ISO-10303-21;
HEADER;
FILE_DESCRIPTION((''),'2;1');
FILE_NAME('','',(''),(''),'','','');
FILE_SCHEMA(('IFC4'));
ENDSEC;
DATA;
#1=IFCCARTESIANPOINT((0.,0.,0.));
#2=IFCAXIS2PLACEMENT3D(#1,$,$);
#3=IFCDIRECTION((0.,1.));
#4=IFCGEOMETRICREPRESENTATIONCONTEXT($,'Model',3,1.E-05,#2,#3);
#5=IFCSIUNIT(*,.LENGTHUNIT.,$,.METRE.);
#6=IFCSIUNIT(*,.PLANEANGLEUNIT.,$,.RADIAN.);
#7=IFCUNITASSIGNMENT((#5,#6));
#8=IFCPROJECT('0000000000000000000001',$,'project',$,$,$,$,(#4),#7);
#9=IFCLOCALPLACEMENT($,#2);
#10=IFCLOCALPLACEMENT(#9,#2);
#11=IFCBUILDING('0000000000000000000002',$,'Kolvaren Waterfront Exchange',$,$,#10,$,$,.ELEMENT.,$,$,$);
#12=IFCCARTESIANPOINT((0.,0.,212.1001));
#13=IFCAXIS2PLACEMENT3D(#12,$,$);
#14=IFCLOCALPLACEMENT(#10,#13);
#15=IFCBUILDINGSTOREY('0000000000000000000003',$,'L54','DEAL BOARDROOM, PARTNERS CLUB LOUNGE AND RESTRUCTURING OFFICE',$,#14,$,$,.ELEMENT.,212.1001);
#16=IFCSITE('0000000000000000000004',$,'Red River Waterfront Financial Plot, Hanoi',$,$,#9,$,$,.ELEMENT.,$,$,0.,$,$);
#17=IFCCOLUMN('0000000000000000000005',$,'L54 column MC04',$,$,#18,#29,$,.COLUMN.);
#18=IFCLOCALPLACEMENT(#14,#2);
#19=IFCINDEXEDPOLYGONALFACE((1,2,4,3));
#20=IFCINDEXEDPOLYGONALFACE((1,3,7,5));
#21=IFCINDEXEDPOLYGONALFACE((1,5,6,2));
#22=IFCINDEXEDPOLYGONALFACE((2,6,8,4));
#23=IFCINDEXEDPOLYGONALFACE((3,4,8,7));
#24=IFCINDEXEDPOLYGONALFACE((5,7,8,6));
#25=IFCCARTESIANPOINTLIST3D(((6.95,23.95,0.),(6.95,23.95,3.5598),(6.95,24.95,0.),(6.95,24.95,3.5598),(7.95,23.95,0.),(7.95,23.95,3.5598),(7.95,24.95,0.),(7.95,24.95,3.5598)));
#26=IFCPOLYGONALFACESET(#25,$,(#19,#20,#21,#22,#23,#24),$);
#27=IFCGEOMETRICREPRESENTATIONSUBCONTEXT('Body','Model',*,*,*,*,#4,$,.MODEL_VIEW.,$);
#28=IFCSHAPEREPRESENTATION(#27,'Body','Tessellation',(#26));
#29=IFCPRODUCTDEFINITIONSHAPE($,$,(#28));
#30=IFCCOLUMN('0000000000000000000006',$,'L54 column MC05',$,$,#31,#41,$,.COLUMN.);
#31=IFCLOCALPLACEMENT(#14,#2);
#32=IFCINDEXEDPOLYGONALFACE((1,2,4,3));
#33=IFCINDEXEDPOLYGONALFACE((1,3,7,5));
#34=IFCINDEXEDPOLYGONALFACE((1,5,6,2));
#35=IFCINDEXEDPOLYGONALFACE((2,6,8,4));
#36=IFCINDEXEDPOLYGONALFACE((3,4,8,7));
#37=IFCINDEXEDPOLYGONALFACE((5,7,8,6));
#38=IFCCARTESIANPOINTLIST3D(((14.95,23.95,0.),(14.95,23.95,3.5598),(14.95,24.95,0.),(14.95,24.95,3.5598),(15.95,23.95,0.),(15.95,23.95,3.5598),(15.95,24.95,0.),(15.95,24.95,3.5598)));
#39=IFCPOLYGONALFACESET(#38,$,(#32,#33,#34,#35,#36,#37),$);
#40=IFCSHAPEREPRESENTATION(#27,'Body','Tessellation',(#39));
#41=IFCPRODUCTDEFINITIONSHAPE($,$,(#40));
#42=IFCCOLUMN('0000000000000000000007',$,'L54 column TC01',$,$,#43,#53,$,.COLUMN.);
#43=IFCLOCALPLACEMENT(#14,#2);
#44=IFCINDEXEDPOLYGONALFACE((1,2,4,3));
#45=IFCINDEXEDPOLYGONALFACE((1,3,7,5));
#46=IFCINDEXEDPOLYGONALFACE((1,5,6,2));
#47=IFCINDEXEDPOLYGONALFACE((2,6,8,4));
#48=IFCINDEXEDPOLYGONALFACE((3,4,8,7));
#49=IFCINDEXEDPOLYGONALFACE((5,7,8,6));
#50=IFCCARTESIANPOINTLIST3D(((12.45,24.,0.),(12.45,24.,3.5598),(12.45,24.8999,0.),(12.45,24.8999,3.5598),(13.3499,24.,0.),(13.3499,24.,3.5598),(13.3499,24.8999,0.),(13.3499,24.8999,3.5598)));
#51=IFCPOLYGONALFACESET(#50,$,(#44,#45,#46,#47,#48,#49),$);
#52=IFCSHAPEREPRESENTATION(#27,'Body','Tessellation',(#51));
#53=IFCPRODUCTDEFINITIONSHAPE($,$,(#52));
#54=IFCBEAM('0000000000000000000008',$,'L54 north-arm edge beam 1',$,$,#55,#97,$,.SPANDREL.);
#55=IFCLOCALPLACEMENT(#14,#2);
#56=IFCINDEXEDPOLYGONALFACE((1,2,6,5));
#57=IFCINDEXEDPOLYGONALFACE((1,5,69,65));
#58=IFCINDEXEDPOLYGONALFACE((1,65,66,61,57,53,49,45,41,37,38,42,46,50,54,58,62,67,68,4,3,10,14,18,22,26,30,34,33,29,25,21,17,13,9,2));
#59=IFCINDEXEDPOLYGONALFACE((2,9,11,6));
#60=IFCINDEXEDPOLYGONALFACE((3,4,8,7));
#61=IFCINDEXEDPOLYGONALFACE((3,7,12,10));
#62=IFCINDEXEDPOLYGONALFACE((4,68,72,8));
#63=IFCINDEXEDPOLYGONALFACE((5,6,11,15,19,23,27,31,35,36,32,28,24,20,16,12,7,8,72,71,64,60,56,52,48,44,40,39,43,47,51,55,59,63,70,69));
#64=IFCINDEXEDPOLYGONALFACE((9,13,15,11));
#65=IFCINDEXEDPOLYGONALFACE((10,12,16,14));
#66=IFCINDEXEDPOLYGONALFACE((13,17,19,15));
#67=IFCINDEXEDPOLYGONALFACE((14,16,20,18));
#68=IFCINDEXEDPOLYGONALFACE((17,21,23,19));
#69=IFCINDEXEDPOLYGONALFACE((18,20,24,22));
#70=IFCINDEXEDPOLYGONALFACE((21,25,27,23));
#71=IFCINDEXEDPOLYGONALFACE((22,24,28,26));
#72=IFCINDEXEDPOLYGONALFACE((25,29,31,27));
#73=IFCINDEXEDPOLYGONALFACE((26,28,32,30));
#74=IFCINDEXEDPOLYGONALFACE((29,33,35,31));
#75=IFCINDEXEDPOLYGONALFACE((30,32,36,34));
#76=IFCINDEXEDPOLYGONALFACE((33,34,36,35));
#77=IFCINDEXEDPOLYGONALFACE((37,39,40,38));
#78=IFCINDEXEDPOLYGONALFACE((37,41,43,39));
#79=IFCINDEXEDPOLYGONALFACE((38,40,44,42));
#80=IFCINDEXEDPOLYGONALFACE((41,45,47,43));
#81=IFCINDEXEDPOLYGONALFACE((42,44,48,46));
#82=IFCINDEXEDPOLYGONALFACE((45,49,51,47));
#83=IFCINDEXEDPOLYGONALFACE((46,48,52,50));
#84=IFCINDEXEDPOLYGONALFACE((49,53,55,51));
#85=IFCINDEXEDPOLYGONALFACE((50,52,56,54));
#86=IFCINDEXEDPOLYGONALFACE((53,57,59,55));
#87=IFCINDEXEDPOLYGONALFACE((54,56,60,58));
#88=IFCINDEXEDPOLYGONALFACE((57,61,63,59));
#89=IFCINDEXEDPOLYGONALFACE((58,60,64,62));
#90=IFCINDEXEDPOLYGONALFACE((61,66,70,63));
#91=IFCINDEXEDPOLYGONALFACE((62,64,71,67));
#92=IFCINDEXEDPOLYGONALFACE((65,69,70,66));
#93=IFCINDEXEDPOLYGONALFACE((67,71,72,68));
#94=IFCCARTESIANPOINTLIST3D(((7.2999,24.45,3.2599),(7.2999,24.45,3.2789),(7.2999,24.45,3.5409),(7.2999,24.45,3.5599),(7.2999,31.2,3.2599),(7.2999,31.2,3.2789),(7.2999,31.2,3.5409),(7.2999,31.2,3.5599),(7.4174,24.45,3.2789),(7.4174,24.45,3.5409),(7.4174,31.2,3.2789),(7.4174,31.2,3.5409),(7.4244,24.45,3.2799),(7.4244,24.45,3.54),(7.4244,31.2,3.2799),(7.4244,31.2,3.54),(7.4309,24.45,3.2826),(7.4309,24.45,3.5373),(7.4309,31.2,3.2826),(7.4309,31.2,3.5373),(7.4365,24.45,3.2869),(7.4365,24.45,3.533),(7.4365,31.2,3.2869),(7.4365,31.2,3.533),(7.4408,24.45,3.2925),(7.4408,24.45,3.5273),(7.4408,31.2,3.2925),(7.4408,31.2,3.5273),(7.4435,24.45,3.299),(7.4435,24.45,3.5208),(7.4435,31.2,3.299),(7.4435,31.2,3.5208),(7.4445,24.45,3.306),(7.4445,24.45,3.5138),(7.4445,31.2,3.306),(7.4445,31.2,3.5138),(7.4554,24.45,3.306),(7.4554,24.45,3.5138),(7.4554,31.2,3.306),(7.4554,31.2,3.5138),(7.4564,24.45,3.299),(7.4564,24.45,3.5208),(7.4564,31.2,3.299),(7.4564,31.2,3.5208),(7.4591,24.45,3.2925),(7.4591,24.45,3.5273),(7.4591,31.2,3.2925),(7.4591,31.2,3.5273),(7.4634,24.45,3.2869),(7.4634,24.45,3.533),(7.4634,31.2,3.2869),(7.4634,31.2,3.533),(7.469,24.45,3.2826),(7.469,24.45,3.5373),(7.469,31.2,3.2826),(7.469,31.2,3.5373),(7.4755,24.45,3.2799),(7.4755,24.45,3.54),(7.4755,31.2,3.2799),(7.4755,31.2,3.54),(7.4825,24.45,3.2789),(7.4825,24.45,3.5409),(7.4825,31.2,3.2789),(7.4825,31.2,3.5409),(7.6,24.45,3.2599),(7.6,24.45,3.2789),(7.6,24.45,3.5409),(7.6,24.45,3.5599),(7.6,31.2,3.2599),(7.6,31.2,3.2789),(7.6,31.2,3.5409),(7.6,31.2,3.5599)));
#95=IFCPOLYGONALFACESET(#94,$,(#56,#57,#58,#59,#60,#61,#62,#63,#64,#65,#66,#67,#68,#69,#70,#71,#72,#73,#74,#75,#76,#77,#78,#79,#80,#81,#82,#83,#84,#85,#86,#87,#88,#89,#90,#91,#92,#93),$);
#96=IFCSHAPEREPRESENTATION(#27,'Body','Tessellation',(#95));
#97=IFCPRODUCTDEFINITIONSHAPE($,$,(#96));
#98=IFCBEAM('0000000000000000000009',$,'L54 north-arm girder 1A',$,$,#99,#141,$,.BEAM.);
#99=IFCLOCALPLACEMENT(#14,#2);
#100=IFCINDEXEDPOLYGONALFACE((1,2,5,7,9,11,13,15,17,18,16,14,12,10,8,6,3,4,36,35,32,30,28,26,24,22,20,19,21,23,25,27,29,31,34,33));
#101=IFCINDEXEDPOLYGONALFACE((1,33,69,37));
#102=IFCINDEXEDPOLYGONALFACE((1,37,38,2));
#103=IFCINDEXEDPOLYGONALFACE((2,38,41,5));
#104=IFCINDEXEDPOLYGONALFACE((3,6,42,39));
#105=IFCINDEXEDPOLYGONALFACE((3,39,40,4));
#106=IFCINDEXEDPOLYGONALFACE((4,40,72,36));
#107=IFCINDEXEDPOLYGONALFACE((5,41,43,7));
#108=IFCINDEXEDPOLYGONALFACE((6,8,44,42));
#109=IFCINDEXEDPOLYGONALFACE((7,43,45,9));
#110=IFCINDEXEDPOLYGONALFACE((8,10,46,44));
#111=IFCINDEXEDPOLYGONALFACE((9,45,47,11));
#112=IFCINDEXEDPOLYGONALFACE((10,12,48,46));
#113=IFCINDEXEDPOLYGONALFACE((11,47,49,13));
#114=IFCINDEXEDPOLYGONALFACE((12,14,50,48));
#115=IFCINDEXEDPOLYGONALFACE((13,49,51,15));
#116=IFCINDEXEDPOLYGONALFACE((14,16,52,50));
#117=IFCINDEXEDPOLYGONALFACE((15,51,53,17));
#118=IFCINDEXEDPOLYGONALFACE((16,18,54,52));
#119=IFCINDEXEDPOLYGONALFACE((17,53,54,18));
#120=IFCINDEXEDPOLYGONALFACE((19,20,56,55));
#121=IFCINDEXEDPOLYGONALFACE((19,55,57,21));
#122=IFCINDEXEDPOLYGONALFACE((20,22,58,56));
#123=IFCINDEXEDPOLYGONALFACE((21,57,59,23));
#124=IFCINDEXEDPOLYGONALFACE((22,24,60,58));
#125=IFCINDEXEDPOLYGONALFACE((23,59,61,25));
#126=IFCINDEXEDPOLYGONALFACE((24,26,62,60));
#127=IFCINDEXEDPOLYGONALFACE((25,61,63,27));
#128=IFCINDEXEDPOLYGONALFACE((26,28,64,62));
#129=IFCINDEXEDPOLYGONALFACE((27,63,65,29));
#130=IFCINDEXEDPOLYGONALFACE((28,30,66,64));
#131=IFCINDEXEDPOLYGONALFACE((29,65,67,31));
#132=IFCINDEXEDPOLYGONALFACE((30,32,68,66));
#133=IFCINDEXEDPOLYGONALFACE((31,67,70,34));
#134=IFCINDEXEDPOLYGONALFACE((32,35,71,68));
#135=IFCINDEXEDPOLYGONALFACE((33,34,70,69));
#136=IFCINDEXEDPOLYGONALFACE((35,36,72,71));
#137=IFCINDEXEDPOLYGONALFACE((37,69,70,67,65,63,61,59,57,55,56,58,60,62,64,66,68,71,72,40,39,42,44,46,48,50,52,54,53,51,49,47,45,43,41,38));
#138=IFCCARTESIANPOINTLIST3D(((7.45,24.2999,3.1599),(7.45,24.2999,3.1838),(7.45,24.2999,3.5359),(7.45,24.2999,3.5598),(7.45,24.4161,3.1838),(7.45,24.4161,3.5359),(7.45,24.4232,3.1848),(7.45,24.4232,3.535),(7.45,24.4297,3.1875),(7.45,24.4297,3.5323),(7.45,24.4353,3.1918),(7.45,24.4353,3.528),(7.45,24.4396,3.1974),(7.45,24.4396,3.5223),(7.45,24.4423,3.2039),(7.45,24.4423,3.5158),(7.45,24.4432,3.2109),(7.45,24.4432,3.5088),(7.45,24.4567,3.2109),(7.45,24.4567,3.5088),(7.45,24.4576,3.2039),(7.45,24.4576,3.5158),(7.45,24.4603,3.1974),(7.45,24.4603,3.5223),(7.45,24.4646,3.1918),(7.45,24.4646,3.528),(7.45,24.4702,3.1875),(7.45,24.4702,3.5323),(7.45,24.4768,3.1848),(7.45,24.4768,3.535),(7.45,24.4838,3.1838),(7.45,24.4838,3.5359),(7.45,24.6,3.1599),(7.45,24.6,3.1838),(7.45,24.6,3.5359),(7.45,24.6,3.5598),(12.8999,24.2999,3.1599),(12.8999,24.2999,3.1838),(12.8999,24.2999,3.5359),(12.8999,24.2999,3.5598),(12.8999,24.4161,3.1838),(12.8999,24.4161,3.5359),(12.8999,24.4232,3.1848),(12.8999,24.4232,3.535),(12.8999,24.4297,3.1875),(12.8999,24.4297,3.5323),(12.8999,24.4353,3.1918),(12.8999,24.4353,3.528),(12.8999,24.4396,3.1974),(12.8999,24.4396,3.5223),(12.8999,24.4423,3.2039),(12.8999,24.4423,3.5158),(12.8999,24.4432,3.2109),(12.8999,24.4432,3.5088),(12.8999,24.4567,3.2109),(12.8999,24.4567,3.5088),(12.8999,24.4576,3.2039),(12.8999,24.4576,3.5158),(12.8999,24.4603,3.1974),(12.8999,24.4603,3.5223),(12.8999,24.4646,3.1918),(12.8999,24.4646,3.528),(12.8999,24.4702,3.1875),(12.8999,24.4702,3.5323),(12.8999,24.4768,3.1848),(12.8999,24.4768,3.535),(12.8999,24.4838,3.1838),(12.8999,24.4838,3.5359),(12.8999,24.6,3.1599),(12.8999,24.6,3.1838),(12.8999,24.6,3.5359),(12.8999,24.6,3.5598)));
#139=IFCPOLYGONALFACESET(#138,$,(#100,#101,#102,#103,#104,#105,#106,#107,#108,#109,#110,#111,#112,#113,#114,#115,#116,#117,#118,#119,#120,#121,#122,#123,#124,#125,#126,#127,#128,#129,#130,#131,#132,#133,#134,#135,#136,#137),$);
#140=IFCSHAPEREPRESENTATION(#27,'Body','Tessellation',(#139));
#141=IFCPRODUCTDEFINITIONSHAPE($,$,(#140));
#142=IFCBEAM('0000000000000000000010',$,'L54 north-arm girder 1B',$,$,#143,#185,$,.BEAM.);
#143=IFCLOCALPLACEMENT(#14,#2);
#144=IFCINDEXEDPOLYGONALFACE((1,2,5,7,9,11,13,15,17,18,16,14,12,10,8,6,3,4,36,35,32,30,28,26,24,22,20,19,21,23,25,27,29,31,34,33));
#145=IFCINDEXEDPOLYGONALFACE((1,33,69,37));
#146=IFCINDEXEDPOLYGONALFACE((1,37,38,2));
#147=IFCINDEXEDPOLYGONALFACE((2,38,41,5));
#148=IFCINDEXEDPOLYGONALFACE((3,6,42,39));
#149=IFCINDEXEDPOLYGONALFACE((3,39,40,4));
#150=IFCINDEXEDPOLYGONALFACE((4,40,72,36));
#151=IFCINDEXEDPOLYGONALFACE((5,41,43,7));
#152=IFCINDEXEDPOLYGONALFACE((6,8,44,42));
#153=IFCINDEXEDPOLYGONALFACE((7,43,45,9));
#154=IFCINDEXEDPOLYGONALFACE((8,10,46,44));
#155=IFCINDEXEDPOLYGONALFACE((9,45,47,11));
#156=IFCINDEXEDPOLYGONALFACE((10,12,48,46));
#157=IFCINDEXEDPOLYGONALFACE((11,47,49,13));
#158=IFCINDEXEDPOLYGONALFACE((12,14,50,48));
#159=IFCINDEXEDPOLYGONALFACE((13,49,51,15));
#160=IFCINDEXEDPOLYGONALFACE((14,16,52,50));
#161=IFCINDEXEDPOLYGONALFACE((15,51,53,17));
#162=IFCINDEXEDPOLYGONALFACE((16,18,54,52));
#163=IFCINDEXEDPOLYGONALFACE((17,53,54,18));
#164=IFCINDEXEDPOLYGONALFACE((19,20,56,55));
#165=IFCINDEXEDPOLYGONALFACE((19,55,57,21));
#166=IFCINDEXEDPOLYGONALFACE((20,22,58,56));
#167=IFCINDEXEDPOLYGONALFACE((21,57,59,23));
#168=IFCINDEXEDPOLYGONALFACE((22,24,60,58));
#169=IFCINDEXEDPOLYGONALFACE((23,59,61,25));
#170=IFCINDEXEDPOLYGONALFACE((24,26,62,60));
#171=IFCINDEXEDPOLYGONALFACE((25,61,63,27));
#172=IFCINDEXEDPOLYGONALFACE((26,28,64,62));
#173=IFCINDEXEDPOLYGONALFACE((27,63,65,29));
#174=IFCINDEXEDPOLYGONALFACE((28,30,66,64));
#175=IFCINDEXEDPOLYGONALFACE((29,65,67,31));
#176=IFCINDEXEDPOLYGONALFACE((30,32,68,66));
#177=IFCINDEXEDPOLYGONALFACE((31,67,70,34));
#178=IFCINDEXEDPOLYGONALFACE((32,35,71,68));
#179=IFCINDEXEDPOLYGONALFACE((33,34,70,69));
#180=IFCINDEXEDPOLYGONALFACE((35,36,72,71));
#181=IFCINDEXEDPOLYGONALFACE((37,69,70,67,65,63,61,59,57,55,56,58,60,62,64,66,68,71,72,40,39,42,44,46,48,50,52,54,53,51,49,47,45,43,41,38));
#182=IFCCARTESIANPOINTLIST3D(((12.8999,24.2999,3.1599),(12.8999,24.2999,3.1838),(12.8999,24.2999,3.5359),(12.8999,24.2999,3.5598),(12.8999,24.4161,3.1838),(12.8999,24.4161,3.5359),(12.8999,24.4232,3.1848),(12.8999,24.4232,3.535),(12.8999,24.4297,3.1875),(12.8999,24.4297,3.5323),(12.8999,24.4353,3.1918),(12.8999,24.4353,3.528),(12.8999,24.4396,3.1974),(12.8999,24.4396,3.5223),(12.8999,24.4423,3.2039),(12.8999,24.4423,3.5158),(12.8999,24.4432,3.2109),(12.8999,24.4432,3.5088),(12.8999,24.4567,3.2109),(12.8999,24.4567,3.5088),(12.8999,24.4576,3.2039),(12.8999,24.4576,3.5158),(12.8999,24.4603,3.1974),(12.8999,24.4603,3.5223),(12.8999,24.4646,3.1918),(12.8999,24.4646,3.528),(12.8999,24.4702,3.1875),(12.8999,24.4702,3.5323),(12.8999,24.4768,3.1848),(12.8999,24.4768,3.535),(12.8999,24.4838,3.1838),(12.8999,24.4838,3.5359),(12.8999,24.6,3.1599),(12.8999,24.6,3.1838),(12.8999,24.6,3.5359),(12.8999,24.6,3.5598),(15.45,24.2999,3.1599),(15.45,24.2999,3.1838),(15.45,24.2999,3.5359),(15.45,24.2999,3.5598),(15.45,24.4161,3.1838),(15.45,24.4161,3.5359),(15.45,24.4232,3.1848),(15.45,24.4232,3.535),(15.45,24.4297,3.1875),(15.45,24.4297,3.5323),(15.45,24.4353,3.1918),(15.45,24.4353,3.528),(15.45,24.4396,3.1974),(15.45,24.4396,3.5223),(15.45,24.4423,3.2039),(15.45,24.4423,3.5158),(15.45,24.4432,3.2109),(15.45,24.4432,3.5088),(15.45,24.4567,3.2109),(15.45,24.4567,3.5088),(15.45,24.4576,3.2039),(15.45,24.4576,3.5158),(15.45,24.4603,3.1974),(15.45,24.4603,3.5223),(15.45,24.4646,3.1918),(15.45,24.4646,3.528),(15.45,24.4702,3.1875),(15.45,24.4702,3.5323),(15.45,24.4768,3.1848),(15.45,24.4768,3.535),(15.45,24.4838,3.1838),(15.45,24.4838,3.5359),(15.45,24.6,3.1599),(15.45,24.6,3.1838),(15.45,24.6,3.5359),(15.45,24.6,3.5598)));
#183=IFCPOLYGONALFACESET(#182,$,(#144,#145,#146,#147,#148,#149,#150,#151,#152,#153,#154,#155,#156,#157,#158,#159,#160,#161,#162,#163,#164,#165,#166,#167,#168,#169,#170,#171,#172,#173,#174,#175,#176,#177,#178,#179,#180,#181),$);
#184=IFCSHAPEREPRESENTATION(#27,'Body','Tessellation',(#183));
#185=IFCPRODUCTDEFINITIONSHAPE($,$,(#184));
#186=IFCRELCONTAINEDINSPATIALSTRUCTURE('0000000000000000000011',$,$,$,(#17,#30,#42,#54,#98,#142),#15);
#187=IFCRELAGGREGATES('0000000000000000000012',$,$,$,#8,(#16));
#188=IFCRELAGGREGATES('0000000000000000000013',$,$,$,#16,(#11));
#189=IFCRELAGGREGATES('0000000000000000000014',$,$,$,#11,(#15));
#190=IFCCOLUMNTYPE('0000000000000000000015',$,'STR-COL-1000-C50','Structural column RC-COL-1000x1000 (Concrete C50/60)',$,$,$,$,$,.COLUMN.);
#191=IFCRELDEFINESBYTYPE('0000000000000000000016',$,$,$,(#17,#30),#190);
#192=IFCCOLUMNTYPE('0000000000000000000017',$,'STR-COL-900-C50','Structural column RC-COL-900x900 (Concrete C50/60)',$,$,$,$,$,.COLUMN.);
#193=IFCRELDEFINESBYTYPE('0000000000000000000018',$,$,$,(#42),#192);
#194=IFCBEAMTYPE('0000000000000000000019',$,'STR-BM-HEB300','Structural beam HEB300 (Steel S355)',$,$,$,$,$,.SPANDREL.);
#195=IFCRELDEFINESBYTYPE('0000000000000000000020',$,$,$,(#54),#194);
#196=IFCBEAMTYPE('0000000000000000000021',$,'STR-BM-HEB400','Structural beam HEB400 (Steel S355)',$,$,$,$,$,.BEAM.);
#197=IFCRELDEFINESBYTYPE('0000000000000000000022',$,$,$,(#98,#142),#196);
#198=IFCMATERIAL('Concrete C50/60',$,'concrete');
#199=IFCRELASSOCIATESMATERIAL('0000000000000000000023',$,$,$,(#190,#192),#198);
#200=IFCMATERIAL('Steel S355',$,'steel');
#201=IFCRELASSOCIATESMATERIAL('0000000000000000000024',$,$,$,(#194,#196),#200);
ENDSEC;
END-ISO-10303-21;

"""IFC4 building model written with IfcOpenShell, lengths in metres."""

from ifc_helpers import new_model, si_unit, direction, frame, origin, origin_2d, place, context, subcontext, project, spatial, rectangle, i_section, extrude, material, material_profile, profile_set, type_object, element, save


model = new_model("IFC4")

# Units and contexts
model_context = context("Model", 3, precision=1e-05, world=origin(), true_north=direction((0.0, 1.0)))
body_context = subcontext(model_context, "Body", "Model", "MODEL_VIEW")
ifc_project = project(units=[si_unit("LENGTHUNIT", "METRE"), si_unit("PLANEANGLEUNIT", "RADIAN")], contexts=[model_context])

# Site, building, storey
site_placement = place(None, origin())
site = spatial("IfcSite", under=ifc_project, at=site_placement, Name="Red River Waterfront Financial Plot, Hanoi", CompositionType="ELEMENT", RefElevation=0.0)
building_placement = place(site_placement, origin())
building = spatial("IfcBuilding", under=site, at=building_placement, Name="Kolvaren Waterfront Exchange", CompositionType="ELEMENT")
storey_placement = place(building_placement, frame((0.0, 0.0, 212.1001)))
storey = spatial("IfcBuildingStorey", under=building, at=storey_placement, Name="L54", Description="DEAL BOARDROOM, PARTNERS CLUB LOUNGE AND RESTRUCTURING OFFICE", CompositionType="ELEMENT", Elevation=212.1001)

# Columns
ifc_material_1 = material(Name="Concrete C50/60", Category="concrete")
ifc_material_profile_1 = material_profile(ifc_material_1, rectangle(XDim=1.0, YDim=1.0, at=origin_2d()), Name="RC-COL-1000x1000")
ifc_profile_set_1 = profile_set([ifc_material_profile_1], Name="Concrete C50/60")
column_type_1 = type_object("IfcColumnType", Name="STR-COL-1000-C50", Description="Structural column RC-COL-1000x1000 (Concrete C50/60)", PredefinedType="COLUMN", material=ifc_profile_set_1)
for number, where, z_axis, x_axis, name in (
    (1, (7.45, 24.45, 0.0), (0.0, 0.0, 1.0), (1.0, 0.0, 0.0), "L54 column MC04"),
    (2, (15.45, 24.45, 0.0), (0.0, 0.0, 1.0), (1.0, 0.0, 0.0), "L54 column MC05"),
):
    element("IfcColumn", number, at=place(storey_placement, frame(where, z_axis=z_axis, x_axis=x_axis)), inside=storey, type_object=column_type_1, Name=name, PredefinedType="COLUMN", context=body_context, shape_type="SweptSolid", body=[
        extrude(rectangle(XDim=1.0, YDim=1.0, at=origin_2d()), origin(), (0.0, 0.0, 1.0), 3.5598),
    ])
ifc_material_profile_2 = material_profile(ifc_material_1, rectangle(XDim=0.8999, YDim=0.8999, at=origin_2d()), Name="RC-COL-900x900")
ifc_profile_set_2 = profile_set([ifc_material_profile_2], Name="Concrete C50/60")
column_type_2 = type_object("IfcColumnType", Name="STR-COL-900-C50", Description="Structural column RC-COL-900x900 (Concrete C50/60)", PredefinedType="COLUMN", material=ifc_profile_set_2)
column_placement = place(storey_placement, frame((12.8999, 24.45, 0.0), z_axis=(0.0, 0.0, 1.0), x_axis=(1.0, 0.0, 0.0)))
element("IfcColumn", 3, at=column_placement, inside=storey, type_object=column_type_2, Name="L54 column TC01", PredefinedType="COLUMN", context=body_context, shape_type="SweptSolid", body=[
    extrude(rectangle(XDim=0.8999, YDim=0.8999, at=origin_2d()), origin(), (0.0, 0.0, 1.0), 3.5598),
])

# Beams
ifc_material_2 = material(Name="Steel S355", Category="steel")
ifc_material_profile_3 = material_profile(ifc_material_2, i_section(OverallWidth=0.3, OverallDepth=0.3, WebThickness=0.011, FlangeThickness=0.019, FilletRadius=0.0271, at=origin_2d()), Name="HEB300")
ifc_profile_set_3 = profile_set([ifc_material_profile_3], Name="Steel S355")
beam_type_1 = type_object("IfcBeamType", Name="STR-BM-HEB300", Description="Structural beam HEB300 (Steel S355)", PredefinedType="SPANDREL", material=ifc_profile_set_3)
beam_1_placement = place(storey_placement, frame((7.45, 24.45, 3.4099), z_axis=(0.0, 1.0, 0.0), x_axis=(-1.0, 0.0, 0.0)))
element("IfcBeam", 4, at=beam_1_placement, inside=storey, type_object=beam_type_1, Name="L54 north-arm edge beam 1", PredefinedType="SPANDREL", context=body_context, shape_type="SweptSolid", body=[
    extrude(i_section(OverallWidth=0.3, OverallDepth=0.3, WebThickness=0.011, FlangeThickness=0.019, FilletRadius=0.0271, at=origin_2d()), origin(), (0.0, 0.0, 1.0), 6.75),
])
ifc_material_profile_4 = material_profile(ifc_material_2, i_section(OverallWidth=0.3, OverallDepth=0.3999, WebThickness=0.0134, FlangeThickness=0.0239, FilletRadius=0.0271, at=origin_2d()), Name="HEB400")
ifc_profile_set_4 = profile_set([ifc_material_profile_4], Name="Steel S355")
beam_type_2 = type_object("IfcBeamType", Name="STR-BM-HEB400", Description="Structural beam HEB400 (Steel S355)", PredefinedType="BEAM", material=ifc_profile_set_4)
beam_2_placement = place(storey_placement, frame((7.45, 24.45, 3.3599), z_axis=(1.0, 0.0, 0.0), x_axis=(0.0, 1.0, 0.0)))
element("IfcBeam", 5, at=beam_2_placement, inside=storey, type_object=beam_type_2, Name="L54 north-arm girder 1A", PredefinedType="BEAM", context=body_context, shape_type="SweptSolid", body=[
    extrude(i_section(OverallWidth=0.3, OverallDepth=0.3999, WebThickness=0.0134, FlangeThickness=0.0239, FilletRadius=0.0271, at=origin_2d()), origin(), (0.0, 0.0, 1.0), 5.45),
])
beam_3_placement = place(storey_placement, frame((12.8999, 24.45, 3.3599), z_axis=(1.0, 0.0, 0.0), x_axis=(0.0, 1.0, 0.0)))
element("IfcBeam", 6, at=beam_3_placement, inside=storey, type_object=beam_type_2, Name="L54 north-arm girder 1B", PredefinedType="BEAM", context=body_context, shape_type="SweptSolid", body=[
    extrude(i_section(OverallWidth=0.3, OverallDepth=0.3999, WebThickness=0.0134, FlangeThickness=0.0239, FilletRadius=0.0271, at=origin_2d()), origin(), (0.0, 0.0, 1.0), 2.55),
])

save(model, "model.ifc")
